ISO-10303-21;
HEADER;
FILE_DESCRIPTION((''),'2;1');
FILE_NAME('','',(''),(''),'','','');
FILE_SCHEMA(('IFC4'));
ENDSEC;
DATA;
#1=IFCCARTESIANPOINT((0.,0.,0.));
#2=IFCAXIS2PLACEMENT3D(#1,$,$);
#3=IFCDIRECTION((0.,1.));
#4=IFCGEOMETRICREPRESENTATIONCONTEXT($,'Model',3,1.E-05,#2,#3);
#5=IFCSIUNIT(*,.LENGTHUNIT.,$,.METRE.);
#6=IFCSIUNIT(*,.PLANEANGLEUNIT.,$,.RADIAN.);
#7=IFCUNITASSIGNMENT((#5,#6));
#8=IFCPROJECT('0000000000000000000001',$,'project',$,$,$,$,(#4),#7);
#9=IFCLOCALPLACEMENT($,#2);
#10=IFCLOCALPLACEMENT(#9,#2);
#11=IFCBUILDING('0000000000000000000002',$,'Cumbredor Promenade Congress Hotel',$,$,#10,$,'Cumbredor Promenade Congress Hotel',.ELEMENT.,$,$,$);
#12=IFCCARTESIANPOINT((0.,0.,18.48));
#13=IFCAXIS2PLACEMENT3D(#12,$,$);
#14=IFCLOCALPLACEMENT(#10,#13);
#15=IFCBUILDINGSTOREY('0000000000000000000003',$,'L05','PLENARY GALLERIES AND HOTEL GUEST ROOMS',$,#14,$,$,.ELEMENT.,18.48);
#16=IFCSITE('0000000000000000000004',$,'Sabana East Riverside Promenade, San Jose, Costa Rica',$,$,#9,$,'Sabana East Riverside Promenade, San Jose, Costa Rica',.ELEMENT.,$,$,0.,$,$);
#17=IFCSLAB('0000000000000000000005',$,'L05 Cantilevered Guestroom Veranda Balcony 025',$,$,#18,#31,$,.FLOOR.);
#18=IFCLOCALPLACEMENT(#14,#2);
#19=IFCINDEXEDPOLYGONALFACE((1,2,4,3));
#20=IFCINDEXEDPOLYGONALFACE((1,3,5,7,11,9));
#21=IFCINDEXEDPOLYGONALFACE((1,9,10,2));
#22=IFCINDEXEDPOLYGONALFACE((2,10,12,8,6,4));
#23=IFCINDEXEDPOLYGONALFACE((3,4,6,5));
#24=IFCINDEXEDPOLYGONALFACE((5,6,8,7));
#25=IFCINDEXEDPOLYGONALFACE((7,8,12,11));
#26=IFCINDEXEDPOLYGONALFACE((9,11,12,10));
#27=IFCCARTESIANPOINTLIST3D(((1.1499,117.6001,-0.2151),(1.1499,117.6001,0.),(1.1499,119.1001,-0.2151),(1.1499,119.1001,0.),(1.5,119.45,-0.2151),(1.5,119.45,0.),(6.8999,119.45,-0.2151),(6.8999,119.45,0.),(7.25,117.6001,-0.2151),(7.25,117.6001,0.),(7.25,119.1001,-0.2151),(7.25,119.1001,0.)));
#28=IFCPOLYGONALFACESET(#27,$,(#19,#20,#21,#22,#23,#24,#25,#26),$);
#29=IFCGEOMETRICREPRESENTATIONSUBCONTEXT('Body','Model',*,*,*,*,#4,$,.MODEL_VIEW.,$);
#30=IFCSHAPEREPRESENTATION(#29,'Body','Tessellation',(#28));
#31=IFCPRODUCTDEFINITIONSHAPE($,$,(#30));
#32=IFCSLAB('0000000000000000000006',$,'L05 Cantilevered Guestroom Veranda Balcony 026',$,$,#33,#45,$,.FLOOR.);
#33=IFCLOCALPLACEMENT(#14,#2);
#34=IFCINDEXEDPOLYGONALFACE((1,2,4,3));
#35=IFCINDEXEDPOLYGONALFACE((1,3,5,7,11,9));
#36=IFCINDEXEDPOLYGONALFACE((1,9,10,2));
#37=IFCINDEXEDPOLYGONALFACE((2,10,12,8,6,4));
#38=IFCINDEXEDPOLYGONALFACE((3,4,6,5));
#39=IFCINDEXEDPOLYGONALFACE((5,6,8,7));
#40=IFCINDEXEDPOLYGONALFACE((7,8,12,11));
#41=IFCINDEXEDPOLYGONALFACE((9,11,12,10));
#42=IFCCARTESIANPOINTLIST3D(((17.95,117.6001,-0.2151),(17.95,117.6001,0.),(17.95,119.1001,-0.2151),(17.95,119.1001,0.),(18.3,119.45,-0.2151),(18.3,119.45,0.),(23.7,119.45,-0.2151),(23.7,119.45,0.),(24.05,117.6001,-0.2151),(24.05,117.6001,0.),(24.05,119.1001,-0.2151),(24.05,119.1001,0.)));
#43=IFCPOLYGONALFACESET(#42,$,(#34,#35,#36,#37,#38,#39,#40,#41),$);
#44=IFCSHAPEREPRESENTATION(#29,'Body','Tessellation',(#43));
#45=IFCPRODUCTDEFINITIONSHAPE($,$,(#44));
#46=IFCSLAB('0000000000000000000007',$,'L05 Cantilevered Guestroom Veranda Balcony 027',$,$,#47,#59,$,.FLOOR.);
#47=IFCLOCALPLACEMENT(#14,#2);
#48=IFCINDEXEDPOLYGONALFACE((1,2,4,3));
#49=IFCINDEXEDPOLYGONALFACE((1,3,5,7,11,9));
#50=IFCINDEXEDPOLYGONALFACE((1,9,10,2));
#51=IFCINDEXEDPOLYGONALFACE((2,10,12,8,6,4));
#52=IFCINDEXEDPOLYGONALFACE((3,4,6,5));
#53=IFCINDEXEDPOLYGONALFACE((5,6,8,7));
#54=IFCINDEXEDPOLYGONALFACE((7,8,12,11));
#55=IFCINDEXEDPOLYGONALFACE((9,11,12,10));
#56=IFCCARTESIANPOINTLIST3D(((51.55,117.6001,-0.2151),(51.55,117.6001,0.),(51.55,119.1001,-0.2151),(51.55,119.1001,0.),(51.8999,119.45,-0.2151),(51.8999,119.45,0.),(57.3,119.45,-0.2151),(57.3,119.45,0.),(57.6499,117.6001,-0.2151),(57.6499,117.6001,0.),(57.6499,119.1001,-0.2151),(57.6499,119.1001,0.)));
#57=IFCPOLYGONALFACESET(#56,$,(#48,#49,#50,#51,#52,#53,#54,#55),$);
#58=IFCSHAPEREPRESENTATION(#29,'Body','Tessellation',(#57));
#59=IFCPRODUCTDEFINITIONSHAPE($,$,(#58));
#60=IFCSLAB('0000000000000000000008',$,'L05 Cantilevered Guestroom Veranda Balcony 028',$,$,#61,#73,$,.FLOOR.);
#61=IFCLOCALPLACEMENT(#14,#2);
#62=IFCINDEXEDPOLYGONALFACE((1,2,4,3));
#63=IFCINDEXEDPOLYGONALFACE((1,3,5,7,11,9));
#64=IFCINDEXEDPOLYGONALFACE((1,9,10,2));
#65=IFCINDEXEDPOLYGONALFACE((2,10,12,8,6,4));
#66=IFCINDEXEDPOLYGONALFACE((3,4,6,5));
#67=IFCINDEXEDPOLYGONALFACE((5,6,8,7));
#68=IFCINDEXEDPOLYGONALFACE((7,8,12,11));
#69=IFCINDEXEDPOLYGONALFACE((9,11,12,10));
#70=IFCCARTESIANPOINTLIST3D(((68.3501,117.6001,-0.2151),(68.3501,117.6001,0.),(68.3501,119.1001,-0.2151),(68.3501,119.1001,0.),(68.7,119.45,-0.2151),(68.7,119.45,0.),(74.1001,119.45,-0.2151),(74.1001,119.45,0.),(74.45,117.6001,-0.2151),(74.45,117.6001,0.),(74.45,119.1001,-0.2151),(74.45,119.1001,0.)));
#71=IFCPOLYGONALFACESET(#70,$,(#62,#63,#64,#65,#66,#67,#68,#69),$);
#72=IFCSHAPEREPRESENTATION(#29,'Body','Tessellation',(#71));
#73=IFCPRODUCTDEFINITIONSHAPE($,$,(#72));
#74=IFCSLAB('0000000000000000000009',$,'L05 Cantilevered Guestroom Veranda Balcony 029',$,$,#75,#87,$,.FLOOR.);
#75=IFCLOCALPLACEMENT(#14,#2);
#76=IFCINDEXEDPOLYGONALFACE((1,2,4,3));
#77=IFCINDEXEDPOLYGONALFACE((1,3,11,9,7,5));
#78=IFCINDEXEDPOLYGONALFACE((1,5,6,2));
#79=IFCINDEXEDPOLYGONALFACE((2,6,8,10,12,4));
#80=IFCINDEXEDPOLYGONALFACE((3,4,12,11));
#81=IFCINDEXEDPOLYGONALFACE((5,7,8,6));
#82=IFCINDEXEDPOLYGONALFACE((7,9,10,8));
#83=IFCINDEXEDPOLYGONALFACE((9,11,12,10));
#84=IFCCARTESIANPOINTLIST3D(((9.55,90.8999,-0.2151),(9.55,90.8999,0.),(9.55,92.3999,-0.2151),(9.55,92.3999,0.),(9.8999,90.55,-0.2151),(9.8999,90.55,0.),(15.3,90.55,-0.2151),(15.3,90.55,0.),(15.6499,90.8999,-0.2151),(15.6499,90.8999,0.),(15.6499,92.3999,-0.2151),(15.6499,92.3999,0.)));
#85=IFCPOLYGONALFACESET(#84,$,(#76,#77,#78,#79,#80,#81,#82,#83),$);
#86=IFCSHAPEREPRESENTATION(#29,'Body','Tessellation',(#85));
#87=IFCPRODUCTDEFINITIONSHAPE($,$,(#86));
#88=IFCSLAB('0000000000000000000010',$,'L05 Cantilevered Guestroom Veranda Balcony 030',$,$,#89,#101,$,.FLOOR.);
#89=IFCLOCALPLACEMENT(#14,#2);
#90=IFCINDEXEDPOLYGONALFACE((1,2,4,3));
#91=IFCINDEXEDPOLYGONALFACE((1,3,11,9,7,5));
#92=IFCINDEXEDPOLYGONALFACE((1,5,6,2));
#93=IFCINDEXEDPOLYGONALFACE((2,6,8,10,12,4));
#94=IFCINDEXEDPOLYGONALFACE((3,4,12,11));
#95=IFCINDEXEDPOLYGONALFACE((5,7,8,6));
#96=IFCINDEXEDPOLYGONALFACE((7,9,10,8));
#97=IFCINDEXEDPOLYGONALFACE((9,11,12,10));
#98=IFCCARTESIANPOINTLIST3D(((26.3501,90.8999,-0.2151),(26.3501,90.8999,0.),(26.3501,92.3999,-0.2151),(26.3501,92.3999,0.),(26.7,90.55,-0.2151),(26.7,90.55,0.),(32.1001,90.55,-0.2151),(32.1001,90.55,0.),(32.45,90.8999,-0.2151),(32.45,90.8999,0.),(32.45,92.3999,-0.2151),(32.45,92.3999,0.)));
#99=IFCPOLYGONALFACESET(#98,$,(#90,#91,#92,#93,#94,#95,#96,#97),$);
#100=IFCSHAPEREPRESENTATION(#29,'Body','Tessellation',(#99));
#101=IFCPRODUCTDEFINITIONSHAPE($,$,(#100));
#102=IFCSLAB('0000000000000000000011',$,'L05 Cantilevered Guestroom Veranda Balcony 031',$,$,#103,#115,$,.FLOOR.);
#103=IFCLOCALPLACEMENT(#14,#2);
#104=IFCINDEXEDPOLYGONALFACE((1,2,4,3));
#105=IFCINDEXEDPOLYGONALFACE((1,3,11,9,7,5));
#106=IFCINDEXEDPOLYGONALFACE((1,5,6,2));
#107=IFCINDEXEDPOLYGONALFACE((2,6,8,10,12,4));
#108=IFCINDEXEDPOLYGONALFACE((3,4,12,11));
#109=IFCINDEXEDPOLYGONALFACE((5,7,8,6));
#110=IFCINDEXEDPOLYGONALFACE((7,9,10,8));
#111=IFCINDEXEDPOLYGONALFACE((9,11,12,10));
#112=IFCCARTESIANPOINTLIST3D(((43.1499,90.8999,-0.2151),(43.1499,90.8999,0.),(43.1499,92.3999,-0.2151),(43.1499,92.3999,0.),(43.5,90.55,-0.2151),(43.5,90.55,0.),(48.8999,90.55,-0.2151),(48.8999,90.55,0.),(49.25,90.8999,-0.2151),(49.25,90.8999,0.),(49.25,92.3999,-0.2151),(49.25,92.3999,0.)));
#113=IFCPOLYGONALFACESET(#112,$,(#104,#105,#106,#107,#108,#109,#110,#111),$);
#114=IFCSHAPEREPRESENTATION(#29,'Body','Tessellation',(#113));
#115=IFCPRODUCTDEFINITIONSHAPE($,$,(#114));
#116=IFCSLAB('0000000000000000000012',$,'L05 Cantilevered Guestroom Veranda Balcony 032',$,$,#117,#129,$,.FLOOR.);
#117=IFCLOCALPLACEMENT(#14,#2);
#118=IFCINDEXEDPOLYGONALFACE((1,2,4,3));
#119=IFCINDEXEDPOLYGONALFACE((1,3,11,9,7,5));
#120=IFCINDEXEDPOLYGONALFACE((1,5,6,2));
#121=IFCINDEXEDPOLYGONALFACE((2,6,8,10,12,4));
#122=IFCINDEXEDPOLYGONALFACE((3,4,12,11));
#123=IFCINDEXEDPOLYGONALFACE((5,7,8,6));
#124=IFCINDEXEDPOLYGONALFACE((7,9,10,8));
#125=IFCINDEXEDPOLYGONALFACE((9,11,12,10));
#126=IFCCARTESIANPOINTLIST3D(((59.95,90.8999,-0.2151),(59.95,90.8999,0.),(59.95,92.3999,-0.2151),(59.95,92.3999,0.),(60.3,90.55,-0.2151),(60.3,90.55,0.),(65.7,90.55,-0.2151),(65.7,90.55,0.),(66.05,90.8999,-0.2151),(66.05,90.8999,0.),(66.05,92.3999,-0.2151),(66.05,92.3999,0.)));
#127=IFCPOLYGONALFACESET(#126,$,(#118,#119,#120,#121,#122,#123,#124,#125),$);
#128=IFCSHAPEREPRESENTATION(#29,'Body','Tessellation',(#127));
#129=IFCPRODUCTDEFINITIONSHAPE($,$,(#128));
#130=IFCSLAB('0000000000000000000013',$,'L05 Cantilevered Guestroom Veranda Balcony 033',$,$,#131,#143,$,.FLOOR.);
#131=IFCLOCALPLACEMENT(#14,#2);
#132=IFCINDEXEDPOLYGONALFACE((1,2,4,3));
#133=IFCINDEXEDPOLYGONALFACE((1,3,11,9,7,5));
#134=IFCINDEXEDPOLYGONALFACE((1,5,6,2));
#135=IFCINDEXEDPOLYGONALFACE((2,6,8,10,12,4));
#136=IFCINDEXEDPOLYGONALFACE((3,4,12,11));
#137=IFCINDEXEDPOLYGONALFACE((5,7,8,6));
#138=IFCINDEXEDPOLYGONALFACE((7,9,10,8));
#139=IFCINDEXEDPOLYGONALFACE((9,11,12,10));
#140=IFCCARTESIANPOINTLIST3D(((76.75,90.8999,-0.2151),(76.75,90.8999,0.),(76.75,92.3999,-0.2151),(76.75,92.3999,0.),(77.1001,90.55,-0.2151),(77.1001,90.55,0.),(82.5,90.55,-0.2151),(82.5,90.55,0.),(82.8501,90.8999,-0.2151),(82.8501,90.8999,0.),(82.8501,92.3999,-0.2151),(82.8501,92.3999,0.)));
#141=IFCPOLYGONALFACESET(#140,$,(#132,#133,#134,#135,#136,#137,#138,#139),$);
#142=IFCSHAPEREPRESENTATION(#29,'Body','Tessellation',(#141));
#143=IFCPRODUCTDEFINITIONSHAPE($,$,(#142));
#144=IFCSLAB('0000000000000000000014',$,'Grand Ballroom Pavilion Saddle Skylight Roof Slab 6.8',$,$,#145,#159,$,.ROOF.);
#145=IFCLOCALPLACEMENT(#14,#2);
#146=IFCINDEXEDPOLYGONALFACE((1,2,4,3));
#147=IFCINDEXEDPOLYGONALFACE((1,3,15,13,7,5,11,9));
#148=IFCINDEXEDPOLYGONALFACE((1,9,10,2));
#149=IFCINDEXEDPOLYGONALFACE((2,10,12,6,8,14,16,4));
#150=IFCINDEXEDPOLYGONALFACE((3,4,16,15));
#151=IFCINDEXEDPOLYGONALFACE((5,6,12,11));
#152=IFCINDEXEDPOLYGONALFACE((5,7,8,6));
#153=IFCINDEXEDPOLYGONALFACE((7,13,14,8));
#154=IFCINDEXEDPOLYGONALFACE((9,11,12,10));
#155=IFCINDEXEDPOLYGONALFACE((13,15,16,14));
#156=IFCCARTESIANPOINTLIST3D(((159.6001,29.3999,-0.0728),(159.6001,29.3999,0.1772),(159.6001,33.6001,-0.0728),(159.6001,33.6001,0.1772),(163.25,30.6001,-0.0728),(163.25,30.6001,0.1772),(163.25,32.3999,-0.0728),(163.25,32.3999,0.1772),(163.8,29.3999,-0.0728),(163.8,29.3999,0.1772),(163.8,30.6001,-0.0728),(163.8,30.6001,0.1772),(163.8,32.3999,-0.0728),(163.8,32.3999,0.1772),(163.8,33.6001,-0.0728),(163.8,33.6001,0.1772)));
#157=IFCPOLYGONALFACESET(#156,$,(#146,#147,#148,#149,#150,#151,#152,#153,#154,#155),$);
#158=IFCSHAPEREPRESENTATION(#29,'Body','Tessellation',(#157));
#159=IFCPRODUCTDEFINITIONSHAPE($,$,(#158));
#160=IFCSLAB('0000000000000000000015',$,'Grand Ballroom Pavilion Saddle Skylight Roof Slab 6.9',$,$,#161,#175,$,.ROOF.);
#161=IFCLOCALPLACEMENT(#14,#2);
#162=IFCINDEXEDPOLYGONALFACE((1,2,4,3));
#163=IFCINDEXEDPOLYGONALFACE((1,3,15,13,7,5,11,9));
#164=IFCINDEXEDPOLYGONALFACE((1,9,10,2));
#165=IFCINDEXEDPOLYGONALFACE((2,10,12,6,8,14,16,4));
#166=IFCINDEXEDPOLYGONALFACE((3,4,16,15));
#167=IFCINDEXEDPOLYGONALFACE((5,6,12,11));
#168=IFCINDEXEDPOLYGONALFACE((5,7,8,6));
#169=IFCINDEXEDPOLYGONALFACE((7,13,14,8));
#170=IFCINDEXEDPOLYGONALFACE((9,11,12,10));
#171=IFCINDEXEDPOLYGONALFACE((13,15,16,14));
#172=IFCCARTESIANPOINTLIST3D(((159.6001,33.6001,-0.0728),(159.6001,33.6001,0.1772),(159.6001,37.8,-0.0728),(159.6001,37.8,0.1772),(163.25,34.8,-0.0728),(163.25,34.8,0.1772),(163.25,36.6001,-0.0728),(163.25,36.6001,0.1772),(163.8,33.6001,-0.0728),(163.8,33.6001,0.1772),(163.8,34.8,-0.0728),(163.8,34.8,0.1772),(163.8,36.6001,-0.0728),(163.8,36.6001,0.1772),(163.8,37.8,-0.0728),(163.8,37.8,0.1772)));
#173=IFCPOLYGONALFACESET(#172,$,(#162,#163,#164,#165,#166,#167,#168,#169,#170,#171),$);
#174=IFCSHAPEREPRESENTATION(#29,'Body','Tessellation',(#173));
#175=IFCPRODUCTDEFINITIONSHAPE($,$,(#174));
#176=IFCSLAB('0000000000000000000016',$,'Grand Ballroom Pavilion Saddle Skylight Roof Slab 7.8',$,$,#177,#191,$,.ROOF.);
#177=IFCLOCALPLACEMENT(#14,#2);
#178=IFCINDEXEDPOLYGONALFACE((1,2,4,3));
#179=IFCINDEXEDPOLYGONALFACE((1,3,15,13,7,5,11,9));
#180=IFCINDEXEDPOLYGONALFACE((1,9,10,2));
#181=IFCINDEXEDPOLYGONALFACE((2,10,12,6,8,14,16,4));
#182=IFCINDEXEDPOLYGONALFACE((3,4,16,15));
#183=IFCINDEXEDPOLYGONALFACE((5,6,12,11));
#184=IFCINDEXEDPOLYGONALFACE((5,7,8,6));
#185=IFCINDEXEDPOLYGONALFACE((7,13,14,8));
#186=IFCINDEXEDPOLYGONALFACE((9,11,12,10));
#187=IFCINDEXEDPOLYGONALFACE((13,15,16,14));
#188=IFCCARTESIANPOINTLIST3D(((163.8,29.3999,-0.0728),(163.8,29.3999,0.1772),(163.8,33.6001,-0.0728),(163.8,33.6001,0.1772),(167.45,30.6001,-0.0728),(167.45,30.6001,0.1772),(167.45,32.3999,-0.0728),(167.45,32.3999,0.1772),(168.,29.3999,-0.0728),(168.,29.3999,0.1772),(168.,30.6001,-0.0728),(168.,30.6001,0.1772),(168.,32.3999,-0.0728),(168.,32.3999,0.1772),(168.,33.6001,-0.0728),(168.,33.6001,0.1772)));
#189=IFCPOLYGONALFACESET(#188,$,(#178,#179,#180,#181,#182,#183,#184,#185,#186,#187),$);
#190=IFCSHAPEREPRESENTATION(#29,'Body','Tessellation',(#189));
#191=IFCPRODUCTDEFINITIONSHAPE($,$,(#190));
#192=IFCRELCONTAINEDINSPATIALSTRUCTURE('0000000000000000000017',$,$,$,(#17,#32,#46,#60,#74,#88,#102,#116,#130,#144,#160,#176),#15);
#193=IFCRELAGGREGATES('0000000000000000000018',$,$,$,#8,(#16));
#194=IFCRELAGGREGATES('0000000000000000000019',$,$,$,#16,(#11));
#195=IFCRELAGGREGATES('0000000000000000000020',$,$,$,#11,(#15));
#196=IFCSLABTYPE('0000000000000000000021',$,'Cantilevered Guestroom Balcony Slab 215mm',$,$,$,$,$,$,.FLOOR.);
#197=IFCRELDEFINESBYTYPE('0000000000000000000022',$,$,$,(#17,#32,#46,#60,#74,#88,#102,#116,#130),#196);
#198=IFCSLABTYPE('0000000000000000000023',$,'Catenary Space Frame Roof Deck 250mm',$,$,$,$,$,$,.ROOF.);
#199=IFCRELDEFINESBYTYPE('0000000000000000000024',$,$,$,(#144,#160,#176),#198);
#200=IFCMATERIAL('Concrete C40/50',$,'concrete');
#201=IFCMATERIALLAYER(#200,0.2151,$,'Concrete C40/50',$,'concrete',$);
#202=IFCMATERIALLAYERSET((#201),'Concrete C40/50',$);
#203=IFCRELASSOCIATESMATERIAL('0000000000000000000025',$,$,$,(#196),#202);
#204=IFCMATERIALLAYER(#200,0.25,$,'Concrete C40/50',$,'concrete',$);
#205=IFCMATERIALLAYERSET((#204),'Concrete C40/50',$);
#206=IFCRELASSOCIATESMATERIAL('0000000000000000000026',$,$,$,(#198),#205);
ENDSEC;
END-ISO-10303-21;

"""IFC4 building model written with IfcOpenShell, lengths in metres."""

from ifc_helpers import new_model, si_unit, direction, frame, origin, place, context, subcontext, project, spatial, polyline, outline, extrude, material, layer, layer_set, type_object, element, save


model = new_model("IFC4")

# Units and contexts
model_context = context("Model", 3, precision=1e-05, world=origin(), true_north=direction((0.0, 1.0)))
body_context = subcontext(model_context, "Body", "Model", "MODEL_VIEW")
ifc_project = project(units=[si_unit("LENGTHUNIT", "METRE"), si_unit("PLANEANGLEUNIT", "RADIAN")], contexts=[model_context])

# Site, building, storey
site_placement = place(None, origin())
site = spatial("IfcSite", under=ifc_project, at=site_placement, Name="Sabana East Riverside Promenade, San Jose, Costa Rica", LongName="Sabana East Riverside Promenade, San Jose, Costa Rica", CompositionType="ELEMENT", RefElevation=0.0)
building_placement = place(site_placement, origin())
building = spatial("IfcBuilding", under=site, at=building_placement, Name="Cumbredor Promenade Congress Hotel", LongName="Cumbredor Promenade Congress Hotel", CompositionType="ELEMENT")
storey_placement = place(building_placement, frame((0.0, 0.0, 18.48)))
storey = spatial("IfcBuildingStorey", under=building, at=storey_placement, Name="L05", Description="PLENARY GALLERIES AND HOTEL GUEST ROOMS", CompositionType="ELEMENT", Elevation=18.48)

# Slabs
ifc_material_1 = material(Name="Concrete C40/50", Category="concrete")
ifc_layer_1 = layer(ifc_material_1, 0.2151, Name="Concrete C40/50", Category="concrete")
ifc_layer_set_1 = layer_set([ifc_layer_1], Name="Concrete C40/50")
slab_type_1 = type_object("IfcSlabType", Name="Cantilevered Guestroom Balcony Slab 215mm", PredefinedType="FLOOR", material=ifc_layer_set_1)
slab_1_placement = place(storey_placement, frame((0.0, 0.0, -0.2151)))
element("IfcSlab", 1, at=slab_1_placement, inside=storey, type_object=slab_type_1, Name="L05 Cantilevered Guestroom Veranda Balcony 025", PredefinedType="FLOOR", context=body_context, shape_type="SweptSolid", body=[
    extrude(outline(polyline([(1.1499, 117.6001), (7.25, 117.6001), (7.25, 119.1001), (6.8999, 119.45), (1.5, 119.45), (1.1499, 119.1001), (1.1499, 117.6001)])), origin(), (0.0, 0.0, 1.0), 0.2151),
])
slab_2_placement = place(storey_placement, frame((0.0, 0.0, -0.2151)))
element("IfcSlab", 2, at=slab_2_placement, inside=storey, type_object=slab_type_1, Name="L05 Cantilevered Guestroom Veranda Balcony 026", PredefinedType="FLOOR", context=body_context, shape_type="SweptSolid", body=[
    extrude(outline(polyline([(17.95, 117.6001), (24.05, 117.6001), (24.05, 119.1001), (23.7, 119.45), (18.3, 119.45), (17.95, 119.1001), (17.95, 117.6001)])), origin(), (0.0, 0.0, 1.0), 0.2151),
])
slab_3_placement = place(storey_placement, frame((0.0, 0.0, -0.2151)))
element("IfcSlab", 3, at=slab_3_placement, inside=storey, type_object=slab_type_1, Name="L05 Cantilevered Guestroom Veranda Balcony 027", PredefinedType="FLOOR", context=body_context, shape_type="SweptSolid", body=[
    extrude(outline(polyline([(51.55, 117.6001), (57.6499, 117.6001), (57.6499, 119.1001), (57.3, 119.45), (51.8999, 119.45), (51.55, 119.1001), (51.55, 117.6001)])), origin(), (0.0, 0.0, 1.0), 0.2151),
])
slab_4_placement = place(storey_placement, frame((0.0, 0.0, -0.2151)))
element("IfcSlab", 4, at=slab_4_placement, inside=storey, type_object=slab_type_1, Name="L05 Cantilevered Guestroom Veranda Balcony 028", PredefinedType="FLOOR", context=body_context, shape_type="SweptSolid", body=[
    extrude(outline(polyline([(68.3501, 117.6001), (74.45, 117.6001), (74.45, 119.1001), (74.1001, 119.45), (68.7, 119.45), (68.3501, 119.1001), (68.3501, 117.6001)])), origin(), (0.0, 0.0, 1.0), 0.2151),
])
slab_5_placement = place(storey_placement, frame((0.0, 0.0, -0.2151)))
element("IfcSlab", 5, at=slab_5_placement, inside=storey, type_object=slab_type_1, Name="L05 Cantilevered Guestroom Veranda Balcony 029", PredefinedType="FLOOR", context=body_context, shape_type="SweptSolid", body=[
    extrude(outline(polyline([(9.8999, 90.55), (15.3, 90.55), (15.6499, 90.8999), (15.6499, 92.3999), (9.55, 92.3999), (9.55, 90.8999), (9.8999, 90.55)])), origin(), (0.0, 0.0, 1.0), 0.2151),
])
slab_6_placement = place(storey_placement, frame((0.0, 0.0, -0.2151)))
element("IfcSlab", 6, at=slab_6_placement, inside=storey, type_object=slab_type_1, Name="L05 Cantilevered Guestroom Veranda Balcony 030", PredefinedType="FLOOR", context=body_context, shape_type="SweptSolid", body=[
    extrude(outline(polyline([(26.7, 90.55), (32.1001, 90.55), (32.45, 90.8999), (32.45, 92.3999), (26.3501, 92.3999), (26.3501, 90.8999), (26.7, 90.55)])), origin(), (0.0, 0.0, 1.0), 0.2151),
])
slab_7_placement = place(storey_placement, frame((0.0, 0.0, -0.2151)))
element("IfcSlab", 7, at=slab_7_placement, inside=storey, type_object=slab_type_1, Name="L05 Cantilevered Guestroom Veranda Balcony 031", PredefinedType="FLOOR", context=body_context, shape_type="SweptSolid", body=[
    extrude(outline(polyline([(43.5, 90.55), (48.8999, 90.55), (49.25, 90.8999), (49.25, 92.3999), (43.1499, 92.3999), (43.1499, 90.8999), (43.5, 90.55)])), origin(), (0.0, 0.0, 1.0), 0.2151),
])
slab_8_placement = place(storey_placement, frame((0.0, 0.0, -0.2151)))
element("IfcSlab", 8, at=slab_8_placement, inside=storey, type_object=slab_type_1, Name="L05 Cantilevered Guestroom Veranda Balcony 032", PredefinedType="FLOOR", context=body_context, shape_type="SweptSolid", body=[
    extrude(outline(polyline([(60.3, 90.55), (65.7, 90.55), (66.05, 90.8999), (66.05, 92.3999), (59.95, 92.3999), (59.95, 90.8999), (60.3, 90.55)])), origin(), (0.0, 0.0, 1.0), 0.2151),
])
slab_9_placement = place(storey_placement, frame((0.0, 0.0, -0.2151)))
element("IfcSlab", 9, at=slab_9_placement, inside=storey, type_object=slab_type_1, Name="L05 Cantilevered Guestroom Veranda Balcony 033", PredefinedType="FLOOR", context=body_context, shape_type="SweptSolid", body=[
    extrude(outline(polyline([(77.1001, 90.55), (82.5, 90.55), (82.8501, 90.8999), (82.8501, 92.3999), (76.75, 92.3999), (76.75, 90.8999), (77.1001, 90.55)])), origin(), (0.0, 0.0, 1.0), 0.2151),
])
ifc_layer_2 = layer(ifc_material_1, 0.25, Name="Concrete C40/50", Category="concrete")
ifc_layer_set_2 = layer_set([ifc_layer_2], Name="Concrete C40/50")
slab_type_2 = type_object("IfcSlabType", Name="Catenary Space Frame Roof Deck 250mm", PredefinedType="ROOF", material=ifc_layer_set_2)
slab_10_placement = place(storey_placement, frame((0.0, 0.0, -0.0728)))
element("IfcSlab", 10, at=slab_10_placement, inside=storey, type_object=slab_type_2, Name="Grand Ballroom Pavilion Saddle Skylight Roof Slab 6.8", PredefinedType="ROOF", context=body_context, shape_type="SweptSolid", body=[
    extrude(outline(polyline([(159.6001, 29.3999), (163.8, 29.3999), (163.8, 30.6001), (163.25, 30.6001), (163.25, 32.3999), (163.8, 32.3999), (163.8, 33.6001), (159.6001, 33.6001), (159.6001, 29.3999)])), origin(), (0.0, 0.0, 1.0), 0.25),
])
slab_11_placement = place(storey_placement, frame((0.0, 0.0, -0.0728)))
element("IfcSlab", 11, at=slab_11_placement, inside=storey, type_object=slab_type_2, Name="Grand Ballroom Pavilion Saddle Skylight Roof Slab 6.9", PredefinedType="ROOF", context=body_context, shape_type="SweptSolid", body=[
    extrude(outline(polyline([(159.6001, 33.6001), (163.8, 33.6001), (163.8, 34.8), (163.25, 34.8), (163.25, 36.6001), (163.8, 36.6001), (163.8, 37.8), (159.6001, 37.8), (159.6001, 33.6001)])), origin(), (0.0, 0.0, 1.0), 0.25),
])
slab_12_placement = place(storey_placement, frame((0.0, 0.0, -0.0728)))
element("IfcSlab", 12, at=slab_12_placement, inside=storey, type_object=slab_type_2, Name="Grand Ballroom Pavilion Saddle Skylight Roof Slab 7.8", PredefinedType="ROOF", context=body_context, shape_type="SweptSolid", body=[
    extrude(outline(polyline([(163.8, 29.3999), (168.0, 29.3999), (168.0, 30.6001), (167.45, 30.6001), (167.45, 32.3999), (168.0, 32.3999), (168.0, 33.6001), (163.8, 33.6001), (163.8, 29.3999)])), origin(), (0.0, 0.0, 1.0), 0.25),
])

save(model, "model.ifc")
